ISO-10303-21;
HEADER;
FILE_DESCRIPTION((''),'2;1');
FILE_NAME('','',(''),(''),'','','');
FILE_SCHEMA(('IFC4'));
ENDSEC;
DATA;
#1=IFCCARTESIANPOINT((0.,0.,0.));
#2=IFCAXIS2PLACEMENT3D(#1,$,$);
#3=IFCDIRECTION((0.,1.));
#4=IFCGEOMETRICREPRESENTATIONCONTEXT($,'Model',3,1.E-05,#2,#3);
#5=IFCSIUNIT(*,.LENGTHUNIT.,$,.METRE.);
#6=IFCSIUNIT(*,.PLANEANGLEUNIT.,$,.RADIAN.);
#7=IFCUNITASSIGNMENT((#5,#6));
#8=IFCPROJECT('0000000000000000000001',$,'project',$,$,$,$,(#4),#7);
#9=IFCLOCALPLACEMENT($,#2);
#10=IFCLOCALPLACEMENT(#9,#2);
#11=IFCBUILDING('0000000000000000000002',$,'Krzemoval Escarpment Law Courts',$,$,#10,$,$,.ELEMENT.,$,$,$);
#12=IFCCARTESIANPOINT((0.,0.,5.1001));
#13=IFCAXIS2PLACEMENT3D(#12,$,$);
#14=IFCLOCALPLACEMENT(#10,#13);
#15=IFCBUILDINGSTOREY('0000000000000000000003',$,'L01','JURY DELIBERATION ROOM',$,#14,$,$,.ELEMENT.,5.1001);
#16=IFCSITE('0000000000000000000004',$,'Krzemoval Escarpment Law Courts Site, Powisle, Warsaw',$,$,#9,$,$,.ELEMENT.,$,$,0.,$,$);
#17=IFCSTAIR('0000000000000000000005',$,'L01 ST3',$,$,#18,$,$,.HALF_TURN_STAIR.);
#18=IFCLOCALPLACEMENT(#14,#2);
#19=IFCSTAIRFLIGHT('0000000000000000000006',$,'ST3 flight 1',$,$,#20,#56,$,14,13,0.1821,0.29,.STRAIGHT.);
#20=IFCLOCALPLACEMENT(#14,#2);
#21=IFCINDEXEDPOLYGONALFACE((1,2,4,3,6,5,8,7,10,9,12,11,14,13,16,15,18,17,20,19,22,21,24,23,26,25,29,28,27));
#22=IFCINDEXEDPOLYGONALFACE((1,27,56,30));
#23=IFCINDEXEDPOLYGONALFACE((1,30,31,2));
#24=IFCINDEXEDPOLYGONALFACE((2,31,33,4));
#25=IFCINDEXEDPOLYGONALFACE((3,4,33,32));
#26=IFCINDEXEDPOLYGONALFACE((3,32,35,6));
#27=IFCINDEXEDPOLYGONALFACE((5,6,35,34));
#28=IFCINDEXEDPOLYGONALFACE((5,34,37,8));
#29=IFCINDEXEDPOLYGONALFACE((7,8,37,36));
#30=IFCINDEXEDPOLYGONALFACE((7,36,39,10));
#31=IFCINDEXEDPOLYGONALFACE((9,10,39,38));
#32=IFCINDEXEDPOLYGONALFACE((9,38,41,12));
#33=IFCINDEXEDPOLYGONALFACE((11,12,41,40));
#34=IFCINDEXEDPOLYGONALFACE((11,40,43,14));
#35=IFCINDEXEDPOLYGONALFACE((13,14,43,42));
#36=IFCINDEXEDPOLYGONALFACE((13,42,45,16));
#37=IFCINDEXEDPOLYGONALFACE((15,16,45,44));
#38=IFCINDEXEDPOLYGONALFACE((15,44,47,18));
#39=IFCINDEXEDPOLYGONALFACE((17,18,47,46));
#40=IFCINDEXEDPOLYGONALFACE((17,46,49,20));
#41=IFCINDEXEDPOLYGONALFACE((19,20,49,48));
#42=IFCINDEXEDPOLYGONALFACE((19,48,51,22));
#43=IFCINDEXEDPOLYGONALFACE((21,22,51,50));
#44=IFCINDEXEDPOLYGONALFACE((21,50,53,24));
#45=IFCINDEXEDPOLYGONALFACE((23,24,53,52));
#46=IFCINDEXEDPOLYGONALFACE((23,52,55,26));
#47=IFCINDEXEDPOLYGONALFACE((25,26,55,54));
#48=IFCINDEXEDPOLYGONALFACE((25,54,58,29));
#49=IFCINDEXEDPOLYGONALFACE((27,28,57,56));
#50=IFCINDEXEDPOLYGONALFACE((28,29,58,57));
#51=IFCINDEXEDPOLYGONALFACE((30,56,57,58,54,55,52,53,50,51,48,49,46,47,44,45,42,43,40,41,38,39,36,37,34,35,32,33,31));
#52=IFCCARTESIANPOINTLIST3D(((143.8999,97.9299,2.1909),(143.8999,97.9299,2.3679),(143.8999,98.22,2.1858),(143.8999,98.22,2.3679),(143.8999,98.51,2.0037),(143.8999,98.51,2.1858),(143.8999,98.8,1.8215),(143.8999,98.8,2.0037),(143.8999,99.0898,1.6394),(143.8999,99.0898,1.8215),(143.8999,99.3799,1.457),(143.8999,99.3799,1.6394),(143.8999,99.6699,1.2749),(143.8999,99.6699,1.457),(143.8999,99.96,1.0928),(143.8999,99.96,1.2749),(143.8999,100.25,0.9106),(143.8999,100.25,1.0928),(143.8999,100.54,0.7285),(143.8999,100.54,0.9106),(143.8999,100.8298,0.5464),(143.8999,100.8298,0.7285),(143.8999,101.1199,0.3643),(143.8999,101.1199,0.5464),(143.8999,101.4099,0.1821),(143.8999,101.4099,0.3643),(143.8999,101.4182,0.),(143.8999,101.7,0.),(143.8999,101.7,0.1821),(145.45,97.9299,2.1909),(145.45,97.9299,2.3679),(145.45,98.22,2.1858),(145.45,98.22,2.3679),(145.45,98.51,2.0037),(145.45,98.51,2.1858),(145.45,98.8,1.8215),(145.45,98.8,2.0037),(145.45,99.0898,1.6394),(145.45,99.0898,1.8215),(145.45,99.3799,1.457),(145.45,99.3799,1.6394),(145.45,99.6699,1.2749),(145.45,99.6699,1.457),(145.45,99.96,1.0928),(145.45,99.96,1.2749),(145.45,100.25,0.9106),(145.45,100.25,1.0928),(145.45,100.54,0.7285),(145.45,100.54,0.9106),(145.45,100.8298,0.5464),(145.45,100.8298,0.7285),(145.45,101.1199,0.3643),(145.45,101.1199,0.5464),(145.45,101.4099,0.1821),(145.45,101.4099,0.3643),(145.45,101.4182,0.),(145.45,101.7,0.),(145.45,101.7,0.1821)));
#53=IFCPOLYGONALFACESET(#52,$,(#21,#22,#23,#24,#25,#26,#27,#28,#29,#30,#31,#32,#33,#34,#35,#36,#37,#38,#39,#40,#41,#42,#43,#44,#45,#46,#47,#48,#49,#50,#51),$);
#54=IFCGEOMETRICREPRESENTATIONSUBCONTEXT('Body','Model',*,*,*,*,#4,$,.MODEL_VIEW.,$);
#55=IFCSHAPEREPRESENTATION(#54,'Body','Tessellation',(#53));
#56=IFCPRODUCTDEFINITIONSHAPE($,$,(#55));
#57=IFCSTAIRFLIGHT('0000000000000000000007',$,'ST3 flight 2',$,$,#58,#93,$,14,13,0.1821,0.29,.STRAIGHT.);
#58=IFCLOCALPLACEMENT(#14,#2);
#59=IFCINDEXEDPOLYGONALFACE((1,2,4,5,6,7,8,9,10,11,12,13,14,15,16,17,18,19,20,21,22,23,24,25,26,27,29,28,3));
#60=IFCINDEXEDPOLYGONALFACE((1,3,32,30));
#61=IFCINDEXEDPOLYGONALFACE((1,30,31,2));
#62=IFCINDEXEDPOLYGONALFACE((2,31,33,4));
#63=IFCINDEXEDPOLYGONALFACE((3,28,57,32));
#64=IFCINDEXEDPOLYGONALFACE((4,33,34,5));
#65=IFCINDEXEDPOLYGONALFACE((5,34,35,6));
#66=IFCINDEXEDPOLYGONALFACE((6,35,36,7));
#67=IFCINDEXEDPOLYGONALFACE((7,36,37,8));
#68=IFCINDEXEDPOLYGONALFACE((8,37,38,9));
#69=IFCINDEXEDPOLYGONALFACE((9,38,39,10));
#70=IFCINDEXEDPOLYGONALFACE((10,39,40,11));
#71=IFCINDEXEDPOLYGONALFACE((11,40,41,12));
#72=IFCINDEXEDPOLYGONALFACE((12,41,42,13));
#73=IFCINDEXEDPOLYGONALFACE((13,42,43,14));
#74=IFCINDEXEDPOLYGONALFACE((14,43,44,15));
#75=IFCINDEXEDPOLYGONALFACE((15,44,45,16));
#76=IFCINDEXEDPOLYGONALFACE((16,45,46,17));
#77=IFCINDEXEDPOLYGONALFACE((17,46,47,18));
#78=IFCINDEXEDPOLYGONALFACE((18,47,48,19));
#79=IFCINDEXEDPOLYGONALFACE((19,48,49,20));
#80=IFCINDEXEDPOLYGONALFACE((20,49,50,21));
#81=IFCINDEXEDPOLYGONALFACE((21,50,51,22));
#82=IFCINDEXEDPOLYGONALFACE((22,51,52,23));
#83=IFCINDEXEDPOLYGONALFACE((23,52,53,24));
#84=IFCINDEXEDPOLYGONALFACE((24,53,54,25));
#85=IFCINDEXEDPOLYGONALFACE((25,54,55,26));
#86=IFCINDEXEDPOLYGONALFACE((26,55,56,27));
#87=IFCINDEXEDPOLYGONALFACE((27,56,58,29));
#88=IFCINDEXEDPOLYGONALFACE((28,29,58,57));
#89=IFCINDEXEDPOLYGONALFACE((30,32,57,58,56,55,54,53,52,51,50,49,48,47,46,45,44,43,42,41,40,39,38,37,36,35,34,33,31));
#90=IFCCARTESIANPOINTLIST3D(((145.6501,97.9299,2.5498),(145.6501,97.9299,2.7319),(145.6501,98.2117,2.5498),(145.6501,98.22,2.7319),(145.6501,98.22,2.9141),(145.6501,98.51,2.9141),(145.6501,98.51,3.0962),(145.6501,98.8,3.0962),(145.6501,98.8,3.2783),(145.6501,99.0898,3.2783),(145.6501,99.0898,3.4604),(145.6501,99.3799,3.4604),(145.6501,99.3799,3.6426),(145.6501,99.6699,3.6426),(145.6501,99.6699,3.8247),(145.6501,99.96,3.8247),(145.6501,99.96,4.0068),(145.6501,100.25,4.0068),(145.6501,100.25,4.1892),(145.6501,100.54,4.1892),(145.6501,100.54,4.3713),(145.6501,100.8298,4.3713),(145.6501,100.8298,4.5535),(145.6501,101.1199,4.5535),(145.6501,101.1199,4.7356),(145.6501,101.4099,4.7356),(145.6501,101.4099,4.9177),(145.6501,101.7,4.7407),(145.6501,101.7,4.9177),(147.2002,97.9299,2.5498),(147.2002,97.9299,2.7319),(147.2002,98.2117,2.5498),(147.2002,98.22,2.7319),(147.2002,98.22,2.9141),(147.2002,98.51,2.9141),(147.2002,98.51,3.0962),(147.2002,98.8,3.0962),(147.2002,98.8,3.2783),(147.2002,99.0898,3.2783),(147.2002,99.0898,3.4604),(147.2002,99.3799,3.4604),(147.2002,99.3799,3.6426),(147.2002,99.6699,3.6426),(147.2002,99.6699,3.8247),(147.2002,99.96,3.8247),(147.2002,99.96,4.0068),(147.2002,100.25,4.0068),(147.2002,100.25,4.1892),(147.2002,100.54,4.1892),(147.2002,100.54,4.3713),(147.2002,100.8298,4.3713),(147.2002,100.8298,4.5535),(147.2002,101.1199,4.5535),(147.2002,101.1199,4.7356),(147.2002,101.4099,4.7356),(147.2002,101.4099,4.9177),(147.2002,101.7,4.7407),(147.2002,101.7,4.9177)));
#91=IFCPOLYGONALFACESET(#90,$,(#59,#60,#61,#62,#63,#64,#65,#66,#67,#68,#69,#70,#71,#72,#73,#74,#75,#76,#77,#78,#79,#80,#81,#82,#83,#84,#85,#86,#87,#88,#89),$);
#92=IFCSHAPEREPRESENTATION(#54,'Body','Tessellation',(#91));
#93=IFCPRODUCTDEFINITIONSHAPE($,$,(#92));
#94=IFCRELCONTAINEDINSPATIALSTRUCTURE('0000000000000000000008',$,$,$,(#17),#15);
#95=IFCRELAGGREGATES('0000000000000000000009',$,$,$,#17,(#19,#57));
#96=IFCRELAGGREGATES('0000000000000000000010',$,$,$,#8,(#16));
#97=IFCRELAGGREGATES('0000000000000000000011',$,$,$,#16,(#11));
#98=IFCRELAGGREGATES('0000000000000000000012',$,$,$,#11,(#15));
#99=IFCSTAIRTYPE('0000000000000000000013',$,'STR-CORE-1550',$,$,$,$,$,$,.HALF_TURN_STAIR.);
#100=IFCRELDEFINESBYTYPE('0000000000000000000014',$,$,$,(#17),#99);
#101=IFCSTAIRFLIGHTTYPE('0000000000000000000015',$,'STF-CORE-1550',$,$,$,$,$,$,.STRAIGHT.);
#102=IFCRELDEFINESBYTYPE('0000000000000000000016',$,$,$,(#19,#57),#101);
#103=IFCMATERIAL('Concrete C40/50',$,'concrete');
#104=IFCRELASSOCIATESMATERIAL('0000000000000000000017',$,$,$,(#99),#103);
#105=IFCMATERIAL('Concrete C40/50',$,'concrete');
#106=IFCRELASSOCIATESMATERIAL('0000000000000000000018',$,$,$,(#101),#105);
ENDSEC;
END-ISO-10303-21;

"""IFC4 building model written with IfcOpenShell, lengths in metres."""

from ifc_helpers import new_model, si_unit, direction, frame, origin, place, context, subcontext, project, spatial, polyline, outline, extrude, material, type_object, element, aggregate, save


model = new_model("IFC4")

# Units and contexts
model_context = context("Model", 3, precision=1e-05, world=origin(), true_north=direction((0.0, 1.0)))
body_context = subcontext(model_context, "Body", "Model", "MODEL_VIEW")
ifc_project = project(units=[si_unit("LENGTHUNIT", "METRE"), si_unit("PLANEANGLEUNIT", "RADIAN")], contexts=[model_context])

# Site, building, storey
site_placement = place(None, origin())
site = spatial("IfcSite", under=ifc_project, at=site_placement, Name="Krzemoval Escarpment Law Courts Site, Powisle, Warsaw", CompositionType="ELEMENT", RefElevation=0.0)
building_placement = place(site_placement, origin())
building = spatial("IfcBuilding", under=site, at=building_placement, Name="Krzemoval Escarpment Law Courts", CompositionType="ELEMENT")
storey_placement = place(building_placement, frame((0.0, 0.0, 5.1001)))
storey = spatial("IfcBuildingStorey", under=building, at=storey_placement, Name="L01", Description="JURY DELIBERATION ROOM", CompositionType="ELEMENT", Elevation=5.1001)

# Stair, stair flights
ifc_material_1 = material(Name="Concrete C40/50", Category="concrete")
stair_type = type_object("IfcStairType", Name="STR-CORE-1550", PredefinedType="HALF_TURN_STAIR", material=ifc_material_1)
stair_placement = place(storey_placement, origin())
stair = element("IfcStair", 1, at=stair_placement, inside=storey, type_object=stair_type, Name="L01 ST3", PredefinedType="HALF_TURN_STAIR")
ifc_material_2 = material(Name="Concrete C40/50", Category="concrete")
stair_flight_type = type_object("IfcStairFlightType", Name="STF-CORE-1550", PredefinedType="STRAIGHT", material=ifc_material_2)
stair_flight_1_placement = place(storey_placement, frame((144.675, 101.7, 0.0), z_axis=(0.0, 0.0, 1.0), x_axis=(0.0, -1.0, 0.0)))
stair_flight_1 = element("IfcStairFlight", 2, at=stair_flight_1_placement, type_object=stair_flight_type, Name="ST3 flight 1", NumberOfRisers=14, NumberOfTreads=13, PredefinedType="STRAIGHT", RiserHeight=0.1821, TreadLength=0.29, context=body_context, shape_type="SweptSolid", body=[
    extrude(outline(polyline([(0.0, 0.0), (0.0, 0.1821), (0.29, 0.1821), (0.29, 0.3643), (0.5801, 0.3643), (0.5801, 0.5464), (0.8701, 0.5464), (0.8701, 0.7285), (1.1599, 0.7285), (1.1599, 0.9106), (1.45, 0.9106), (1.45, 1.0928), (1.74, 1.0928), (1.74, 1.2749), (2.03, 1.2749), (2.03, 1.457), (2.3201, 1.457), (2.3201, 1.6394), (2.6101, 1.6394), (2.6101, 1.8215), (2.8999, 1.8215), (2.8999, 2.0037), (3.1899, 2.0037), (3.1899, 2.1858), (3.48, 2.1858), (3.48, 2.3679), (3.77, 2.3679), (3.77, 2.55), (3.77, 2.1909), (0.2817, 0.0), (0.0, 0.0)])), frame((0.0, 0.7749, 0.0), z_axis=(0.0, -1.0, 0.0), x_axis=(1.0, 0.0, 0.0)), (0.0, 0.0, 1.0), 1.55),
])
stair_flight_2_placement = place(storey_placement, frame((146.425, 97.9299, 2.5498), z_axis=(0.0, 0.0, 1.0), x_axis=(0.0, 1.0, 0.0)))
stair_flight_2 = element("IfcStairFlight", 3, at=stair_flight_2_placement, type_object=stair_flight_type, Name="ST3 flight 2", NumberOfRisers=14, NumberOfTreads=13, PredefinedType="STRAIGHT", RiserHeight=0.1821, TreadLength=0.29, context=body_context, shape_type="SweptSolid", body=[
    extrude(outline(polyline([(0.0, 0.0), (0.0, 0.1821), (0.29, 0.1821), (0.29, 0.3643), (0.5801, 0.3643), (0.5801, 0.5464), (0.8701, 0.5464), (0.8701, 0.7285), (1.1599, 0.7285), (1.1599, 0.9106), (1.45, 0.9106), (1.45, 1.0928), (1.74, 1.0928), (1.74, 1.2749), (2.03, 1.2749), (2.03, 1.457), (2.3201, 1.457), (2.3201, 1.6394), (2.6101, 1.6394), (2.6101, 1.8215), (2.8999, 1.8215), (2.8999, 2.0037), (3.1899, 2.0037), (3.1899, 2.1858), (3.48, 2.1858), (3.48, 2.3679), (3.77, 2.3679), (3.77, 2.55), (3.77, 2.1909), (0.2817, 0.0), (0.0, 0.0)])), frame((0.0, 0.7749, 0.0), z_axis=(0.0, -1.0, 0.0), x_axis=(1.0, 0.0, 0.0)), (0.0, 0.0, 1.0), 1.55),
])
aggregate(stair, [stair_flight_1, stair_flight_2])

save(model, "model.ifc")
